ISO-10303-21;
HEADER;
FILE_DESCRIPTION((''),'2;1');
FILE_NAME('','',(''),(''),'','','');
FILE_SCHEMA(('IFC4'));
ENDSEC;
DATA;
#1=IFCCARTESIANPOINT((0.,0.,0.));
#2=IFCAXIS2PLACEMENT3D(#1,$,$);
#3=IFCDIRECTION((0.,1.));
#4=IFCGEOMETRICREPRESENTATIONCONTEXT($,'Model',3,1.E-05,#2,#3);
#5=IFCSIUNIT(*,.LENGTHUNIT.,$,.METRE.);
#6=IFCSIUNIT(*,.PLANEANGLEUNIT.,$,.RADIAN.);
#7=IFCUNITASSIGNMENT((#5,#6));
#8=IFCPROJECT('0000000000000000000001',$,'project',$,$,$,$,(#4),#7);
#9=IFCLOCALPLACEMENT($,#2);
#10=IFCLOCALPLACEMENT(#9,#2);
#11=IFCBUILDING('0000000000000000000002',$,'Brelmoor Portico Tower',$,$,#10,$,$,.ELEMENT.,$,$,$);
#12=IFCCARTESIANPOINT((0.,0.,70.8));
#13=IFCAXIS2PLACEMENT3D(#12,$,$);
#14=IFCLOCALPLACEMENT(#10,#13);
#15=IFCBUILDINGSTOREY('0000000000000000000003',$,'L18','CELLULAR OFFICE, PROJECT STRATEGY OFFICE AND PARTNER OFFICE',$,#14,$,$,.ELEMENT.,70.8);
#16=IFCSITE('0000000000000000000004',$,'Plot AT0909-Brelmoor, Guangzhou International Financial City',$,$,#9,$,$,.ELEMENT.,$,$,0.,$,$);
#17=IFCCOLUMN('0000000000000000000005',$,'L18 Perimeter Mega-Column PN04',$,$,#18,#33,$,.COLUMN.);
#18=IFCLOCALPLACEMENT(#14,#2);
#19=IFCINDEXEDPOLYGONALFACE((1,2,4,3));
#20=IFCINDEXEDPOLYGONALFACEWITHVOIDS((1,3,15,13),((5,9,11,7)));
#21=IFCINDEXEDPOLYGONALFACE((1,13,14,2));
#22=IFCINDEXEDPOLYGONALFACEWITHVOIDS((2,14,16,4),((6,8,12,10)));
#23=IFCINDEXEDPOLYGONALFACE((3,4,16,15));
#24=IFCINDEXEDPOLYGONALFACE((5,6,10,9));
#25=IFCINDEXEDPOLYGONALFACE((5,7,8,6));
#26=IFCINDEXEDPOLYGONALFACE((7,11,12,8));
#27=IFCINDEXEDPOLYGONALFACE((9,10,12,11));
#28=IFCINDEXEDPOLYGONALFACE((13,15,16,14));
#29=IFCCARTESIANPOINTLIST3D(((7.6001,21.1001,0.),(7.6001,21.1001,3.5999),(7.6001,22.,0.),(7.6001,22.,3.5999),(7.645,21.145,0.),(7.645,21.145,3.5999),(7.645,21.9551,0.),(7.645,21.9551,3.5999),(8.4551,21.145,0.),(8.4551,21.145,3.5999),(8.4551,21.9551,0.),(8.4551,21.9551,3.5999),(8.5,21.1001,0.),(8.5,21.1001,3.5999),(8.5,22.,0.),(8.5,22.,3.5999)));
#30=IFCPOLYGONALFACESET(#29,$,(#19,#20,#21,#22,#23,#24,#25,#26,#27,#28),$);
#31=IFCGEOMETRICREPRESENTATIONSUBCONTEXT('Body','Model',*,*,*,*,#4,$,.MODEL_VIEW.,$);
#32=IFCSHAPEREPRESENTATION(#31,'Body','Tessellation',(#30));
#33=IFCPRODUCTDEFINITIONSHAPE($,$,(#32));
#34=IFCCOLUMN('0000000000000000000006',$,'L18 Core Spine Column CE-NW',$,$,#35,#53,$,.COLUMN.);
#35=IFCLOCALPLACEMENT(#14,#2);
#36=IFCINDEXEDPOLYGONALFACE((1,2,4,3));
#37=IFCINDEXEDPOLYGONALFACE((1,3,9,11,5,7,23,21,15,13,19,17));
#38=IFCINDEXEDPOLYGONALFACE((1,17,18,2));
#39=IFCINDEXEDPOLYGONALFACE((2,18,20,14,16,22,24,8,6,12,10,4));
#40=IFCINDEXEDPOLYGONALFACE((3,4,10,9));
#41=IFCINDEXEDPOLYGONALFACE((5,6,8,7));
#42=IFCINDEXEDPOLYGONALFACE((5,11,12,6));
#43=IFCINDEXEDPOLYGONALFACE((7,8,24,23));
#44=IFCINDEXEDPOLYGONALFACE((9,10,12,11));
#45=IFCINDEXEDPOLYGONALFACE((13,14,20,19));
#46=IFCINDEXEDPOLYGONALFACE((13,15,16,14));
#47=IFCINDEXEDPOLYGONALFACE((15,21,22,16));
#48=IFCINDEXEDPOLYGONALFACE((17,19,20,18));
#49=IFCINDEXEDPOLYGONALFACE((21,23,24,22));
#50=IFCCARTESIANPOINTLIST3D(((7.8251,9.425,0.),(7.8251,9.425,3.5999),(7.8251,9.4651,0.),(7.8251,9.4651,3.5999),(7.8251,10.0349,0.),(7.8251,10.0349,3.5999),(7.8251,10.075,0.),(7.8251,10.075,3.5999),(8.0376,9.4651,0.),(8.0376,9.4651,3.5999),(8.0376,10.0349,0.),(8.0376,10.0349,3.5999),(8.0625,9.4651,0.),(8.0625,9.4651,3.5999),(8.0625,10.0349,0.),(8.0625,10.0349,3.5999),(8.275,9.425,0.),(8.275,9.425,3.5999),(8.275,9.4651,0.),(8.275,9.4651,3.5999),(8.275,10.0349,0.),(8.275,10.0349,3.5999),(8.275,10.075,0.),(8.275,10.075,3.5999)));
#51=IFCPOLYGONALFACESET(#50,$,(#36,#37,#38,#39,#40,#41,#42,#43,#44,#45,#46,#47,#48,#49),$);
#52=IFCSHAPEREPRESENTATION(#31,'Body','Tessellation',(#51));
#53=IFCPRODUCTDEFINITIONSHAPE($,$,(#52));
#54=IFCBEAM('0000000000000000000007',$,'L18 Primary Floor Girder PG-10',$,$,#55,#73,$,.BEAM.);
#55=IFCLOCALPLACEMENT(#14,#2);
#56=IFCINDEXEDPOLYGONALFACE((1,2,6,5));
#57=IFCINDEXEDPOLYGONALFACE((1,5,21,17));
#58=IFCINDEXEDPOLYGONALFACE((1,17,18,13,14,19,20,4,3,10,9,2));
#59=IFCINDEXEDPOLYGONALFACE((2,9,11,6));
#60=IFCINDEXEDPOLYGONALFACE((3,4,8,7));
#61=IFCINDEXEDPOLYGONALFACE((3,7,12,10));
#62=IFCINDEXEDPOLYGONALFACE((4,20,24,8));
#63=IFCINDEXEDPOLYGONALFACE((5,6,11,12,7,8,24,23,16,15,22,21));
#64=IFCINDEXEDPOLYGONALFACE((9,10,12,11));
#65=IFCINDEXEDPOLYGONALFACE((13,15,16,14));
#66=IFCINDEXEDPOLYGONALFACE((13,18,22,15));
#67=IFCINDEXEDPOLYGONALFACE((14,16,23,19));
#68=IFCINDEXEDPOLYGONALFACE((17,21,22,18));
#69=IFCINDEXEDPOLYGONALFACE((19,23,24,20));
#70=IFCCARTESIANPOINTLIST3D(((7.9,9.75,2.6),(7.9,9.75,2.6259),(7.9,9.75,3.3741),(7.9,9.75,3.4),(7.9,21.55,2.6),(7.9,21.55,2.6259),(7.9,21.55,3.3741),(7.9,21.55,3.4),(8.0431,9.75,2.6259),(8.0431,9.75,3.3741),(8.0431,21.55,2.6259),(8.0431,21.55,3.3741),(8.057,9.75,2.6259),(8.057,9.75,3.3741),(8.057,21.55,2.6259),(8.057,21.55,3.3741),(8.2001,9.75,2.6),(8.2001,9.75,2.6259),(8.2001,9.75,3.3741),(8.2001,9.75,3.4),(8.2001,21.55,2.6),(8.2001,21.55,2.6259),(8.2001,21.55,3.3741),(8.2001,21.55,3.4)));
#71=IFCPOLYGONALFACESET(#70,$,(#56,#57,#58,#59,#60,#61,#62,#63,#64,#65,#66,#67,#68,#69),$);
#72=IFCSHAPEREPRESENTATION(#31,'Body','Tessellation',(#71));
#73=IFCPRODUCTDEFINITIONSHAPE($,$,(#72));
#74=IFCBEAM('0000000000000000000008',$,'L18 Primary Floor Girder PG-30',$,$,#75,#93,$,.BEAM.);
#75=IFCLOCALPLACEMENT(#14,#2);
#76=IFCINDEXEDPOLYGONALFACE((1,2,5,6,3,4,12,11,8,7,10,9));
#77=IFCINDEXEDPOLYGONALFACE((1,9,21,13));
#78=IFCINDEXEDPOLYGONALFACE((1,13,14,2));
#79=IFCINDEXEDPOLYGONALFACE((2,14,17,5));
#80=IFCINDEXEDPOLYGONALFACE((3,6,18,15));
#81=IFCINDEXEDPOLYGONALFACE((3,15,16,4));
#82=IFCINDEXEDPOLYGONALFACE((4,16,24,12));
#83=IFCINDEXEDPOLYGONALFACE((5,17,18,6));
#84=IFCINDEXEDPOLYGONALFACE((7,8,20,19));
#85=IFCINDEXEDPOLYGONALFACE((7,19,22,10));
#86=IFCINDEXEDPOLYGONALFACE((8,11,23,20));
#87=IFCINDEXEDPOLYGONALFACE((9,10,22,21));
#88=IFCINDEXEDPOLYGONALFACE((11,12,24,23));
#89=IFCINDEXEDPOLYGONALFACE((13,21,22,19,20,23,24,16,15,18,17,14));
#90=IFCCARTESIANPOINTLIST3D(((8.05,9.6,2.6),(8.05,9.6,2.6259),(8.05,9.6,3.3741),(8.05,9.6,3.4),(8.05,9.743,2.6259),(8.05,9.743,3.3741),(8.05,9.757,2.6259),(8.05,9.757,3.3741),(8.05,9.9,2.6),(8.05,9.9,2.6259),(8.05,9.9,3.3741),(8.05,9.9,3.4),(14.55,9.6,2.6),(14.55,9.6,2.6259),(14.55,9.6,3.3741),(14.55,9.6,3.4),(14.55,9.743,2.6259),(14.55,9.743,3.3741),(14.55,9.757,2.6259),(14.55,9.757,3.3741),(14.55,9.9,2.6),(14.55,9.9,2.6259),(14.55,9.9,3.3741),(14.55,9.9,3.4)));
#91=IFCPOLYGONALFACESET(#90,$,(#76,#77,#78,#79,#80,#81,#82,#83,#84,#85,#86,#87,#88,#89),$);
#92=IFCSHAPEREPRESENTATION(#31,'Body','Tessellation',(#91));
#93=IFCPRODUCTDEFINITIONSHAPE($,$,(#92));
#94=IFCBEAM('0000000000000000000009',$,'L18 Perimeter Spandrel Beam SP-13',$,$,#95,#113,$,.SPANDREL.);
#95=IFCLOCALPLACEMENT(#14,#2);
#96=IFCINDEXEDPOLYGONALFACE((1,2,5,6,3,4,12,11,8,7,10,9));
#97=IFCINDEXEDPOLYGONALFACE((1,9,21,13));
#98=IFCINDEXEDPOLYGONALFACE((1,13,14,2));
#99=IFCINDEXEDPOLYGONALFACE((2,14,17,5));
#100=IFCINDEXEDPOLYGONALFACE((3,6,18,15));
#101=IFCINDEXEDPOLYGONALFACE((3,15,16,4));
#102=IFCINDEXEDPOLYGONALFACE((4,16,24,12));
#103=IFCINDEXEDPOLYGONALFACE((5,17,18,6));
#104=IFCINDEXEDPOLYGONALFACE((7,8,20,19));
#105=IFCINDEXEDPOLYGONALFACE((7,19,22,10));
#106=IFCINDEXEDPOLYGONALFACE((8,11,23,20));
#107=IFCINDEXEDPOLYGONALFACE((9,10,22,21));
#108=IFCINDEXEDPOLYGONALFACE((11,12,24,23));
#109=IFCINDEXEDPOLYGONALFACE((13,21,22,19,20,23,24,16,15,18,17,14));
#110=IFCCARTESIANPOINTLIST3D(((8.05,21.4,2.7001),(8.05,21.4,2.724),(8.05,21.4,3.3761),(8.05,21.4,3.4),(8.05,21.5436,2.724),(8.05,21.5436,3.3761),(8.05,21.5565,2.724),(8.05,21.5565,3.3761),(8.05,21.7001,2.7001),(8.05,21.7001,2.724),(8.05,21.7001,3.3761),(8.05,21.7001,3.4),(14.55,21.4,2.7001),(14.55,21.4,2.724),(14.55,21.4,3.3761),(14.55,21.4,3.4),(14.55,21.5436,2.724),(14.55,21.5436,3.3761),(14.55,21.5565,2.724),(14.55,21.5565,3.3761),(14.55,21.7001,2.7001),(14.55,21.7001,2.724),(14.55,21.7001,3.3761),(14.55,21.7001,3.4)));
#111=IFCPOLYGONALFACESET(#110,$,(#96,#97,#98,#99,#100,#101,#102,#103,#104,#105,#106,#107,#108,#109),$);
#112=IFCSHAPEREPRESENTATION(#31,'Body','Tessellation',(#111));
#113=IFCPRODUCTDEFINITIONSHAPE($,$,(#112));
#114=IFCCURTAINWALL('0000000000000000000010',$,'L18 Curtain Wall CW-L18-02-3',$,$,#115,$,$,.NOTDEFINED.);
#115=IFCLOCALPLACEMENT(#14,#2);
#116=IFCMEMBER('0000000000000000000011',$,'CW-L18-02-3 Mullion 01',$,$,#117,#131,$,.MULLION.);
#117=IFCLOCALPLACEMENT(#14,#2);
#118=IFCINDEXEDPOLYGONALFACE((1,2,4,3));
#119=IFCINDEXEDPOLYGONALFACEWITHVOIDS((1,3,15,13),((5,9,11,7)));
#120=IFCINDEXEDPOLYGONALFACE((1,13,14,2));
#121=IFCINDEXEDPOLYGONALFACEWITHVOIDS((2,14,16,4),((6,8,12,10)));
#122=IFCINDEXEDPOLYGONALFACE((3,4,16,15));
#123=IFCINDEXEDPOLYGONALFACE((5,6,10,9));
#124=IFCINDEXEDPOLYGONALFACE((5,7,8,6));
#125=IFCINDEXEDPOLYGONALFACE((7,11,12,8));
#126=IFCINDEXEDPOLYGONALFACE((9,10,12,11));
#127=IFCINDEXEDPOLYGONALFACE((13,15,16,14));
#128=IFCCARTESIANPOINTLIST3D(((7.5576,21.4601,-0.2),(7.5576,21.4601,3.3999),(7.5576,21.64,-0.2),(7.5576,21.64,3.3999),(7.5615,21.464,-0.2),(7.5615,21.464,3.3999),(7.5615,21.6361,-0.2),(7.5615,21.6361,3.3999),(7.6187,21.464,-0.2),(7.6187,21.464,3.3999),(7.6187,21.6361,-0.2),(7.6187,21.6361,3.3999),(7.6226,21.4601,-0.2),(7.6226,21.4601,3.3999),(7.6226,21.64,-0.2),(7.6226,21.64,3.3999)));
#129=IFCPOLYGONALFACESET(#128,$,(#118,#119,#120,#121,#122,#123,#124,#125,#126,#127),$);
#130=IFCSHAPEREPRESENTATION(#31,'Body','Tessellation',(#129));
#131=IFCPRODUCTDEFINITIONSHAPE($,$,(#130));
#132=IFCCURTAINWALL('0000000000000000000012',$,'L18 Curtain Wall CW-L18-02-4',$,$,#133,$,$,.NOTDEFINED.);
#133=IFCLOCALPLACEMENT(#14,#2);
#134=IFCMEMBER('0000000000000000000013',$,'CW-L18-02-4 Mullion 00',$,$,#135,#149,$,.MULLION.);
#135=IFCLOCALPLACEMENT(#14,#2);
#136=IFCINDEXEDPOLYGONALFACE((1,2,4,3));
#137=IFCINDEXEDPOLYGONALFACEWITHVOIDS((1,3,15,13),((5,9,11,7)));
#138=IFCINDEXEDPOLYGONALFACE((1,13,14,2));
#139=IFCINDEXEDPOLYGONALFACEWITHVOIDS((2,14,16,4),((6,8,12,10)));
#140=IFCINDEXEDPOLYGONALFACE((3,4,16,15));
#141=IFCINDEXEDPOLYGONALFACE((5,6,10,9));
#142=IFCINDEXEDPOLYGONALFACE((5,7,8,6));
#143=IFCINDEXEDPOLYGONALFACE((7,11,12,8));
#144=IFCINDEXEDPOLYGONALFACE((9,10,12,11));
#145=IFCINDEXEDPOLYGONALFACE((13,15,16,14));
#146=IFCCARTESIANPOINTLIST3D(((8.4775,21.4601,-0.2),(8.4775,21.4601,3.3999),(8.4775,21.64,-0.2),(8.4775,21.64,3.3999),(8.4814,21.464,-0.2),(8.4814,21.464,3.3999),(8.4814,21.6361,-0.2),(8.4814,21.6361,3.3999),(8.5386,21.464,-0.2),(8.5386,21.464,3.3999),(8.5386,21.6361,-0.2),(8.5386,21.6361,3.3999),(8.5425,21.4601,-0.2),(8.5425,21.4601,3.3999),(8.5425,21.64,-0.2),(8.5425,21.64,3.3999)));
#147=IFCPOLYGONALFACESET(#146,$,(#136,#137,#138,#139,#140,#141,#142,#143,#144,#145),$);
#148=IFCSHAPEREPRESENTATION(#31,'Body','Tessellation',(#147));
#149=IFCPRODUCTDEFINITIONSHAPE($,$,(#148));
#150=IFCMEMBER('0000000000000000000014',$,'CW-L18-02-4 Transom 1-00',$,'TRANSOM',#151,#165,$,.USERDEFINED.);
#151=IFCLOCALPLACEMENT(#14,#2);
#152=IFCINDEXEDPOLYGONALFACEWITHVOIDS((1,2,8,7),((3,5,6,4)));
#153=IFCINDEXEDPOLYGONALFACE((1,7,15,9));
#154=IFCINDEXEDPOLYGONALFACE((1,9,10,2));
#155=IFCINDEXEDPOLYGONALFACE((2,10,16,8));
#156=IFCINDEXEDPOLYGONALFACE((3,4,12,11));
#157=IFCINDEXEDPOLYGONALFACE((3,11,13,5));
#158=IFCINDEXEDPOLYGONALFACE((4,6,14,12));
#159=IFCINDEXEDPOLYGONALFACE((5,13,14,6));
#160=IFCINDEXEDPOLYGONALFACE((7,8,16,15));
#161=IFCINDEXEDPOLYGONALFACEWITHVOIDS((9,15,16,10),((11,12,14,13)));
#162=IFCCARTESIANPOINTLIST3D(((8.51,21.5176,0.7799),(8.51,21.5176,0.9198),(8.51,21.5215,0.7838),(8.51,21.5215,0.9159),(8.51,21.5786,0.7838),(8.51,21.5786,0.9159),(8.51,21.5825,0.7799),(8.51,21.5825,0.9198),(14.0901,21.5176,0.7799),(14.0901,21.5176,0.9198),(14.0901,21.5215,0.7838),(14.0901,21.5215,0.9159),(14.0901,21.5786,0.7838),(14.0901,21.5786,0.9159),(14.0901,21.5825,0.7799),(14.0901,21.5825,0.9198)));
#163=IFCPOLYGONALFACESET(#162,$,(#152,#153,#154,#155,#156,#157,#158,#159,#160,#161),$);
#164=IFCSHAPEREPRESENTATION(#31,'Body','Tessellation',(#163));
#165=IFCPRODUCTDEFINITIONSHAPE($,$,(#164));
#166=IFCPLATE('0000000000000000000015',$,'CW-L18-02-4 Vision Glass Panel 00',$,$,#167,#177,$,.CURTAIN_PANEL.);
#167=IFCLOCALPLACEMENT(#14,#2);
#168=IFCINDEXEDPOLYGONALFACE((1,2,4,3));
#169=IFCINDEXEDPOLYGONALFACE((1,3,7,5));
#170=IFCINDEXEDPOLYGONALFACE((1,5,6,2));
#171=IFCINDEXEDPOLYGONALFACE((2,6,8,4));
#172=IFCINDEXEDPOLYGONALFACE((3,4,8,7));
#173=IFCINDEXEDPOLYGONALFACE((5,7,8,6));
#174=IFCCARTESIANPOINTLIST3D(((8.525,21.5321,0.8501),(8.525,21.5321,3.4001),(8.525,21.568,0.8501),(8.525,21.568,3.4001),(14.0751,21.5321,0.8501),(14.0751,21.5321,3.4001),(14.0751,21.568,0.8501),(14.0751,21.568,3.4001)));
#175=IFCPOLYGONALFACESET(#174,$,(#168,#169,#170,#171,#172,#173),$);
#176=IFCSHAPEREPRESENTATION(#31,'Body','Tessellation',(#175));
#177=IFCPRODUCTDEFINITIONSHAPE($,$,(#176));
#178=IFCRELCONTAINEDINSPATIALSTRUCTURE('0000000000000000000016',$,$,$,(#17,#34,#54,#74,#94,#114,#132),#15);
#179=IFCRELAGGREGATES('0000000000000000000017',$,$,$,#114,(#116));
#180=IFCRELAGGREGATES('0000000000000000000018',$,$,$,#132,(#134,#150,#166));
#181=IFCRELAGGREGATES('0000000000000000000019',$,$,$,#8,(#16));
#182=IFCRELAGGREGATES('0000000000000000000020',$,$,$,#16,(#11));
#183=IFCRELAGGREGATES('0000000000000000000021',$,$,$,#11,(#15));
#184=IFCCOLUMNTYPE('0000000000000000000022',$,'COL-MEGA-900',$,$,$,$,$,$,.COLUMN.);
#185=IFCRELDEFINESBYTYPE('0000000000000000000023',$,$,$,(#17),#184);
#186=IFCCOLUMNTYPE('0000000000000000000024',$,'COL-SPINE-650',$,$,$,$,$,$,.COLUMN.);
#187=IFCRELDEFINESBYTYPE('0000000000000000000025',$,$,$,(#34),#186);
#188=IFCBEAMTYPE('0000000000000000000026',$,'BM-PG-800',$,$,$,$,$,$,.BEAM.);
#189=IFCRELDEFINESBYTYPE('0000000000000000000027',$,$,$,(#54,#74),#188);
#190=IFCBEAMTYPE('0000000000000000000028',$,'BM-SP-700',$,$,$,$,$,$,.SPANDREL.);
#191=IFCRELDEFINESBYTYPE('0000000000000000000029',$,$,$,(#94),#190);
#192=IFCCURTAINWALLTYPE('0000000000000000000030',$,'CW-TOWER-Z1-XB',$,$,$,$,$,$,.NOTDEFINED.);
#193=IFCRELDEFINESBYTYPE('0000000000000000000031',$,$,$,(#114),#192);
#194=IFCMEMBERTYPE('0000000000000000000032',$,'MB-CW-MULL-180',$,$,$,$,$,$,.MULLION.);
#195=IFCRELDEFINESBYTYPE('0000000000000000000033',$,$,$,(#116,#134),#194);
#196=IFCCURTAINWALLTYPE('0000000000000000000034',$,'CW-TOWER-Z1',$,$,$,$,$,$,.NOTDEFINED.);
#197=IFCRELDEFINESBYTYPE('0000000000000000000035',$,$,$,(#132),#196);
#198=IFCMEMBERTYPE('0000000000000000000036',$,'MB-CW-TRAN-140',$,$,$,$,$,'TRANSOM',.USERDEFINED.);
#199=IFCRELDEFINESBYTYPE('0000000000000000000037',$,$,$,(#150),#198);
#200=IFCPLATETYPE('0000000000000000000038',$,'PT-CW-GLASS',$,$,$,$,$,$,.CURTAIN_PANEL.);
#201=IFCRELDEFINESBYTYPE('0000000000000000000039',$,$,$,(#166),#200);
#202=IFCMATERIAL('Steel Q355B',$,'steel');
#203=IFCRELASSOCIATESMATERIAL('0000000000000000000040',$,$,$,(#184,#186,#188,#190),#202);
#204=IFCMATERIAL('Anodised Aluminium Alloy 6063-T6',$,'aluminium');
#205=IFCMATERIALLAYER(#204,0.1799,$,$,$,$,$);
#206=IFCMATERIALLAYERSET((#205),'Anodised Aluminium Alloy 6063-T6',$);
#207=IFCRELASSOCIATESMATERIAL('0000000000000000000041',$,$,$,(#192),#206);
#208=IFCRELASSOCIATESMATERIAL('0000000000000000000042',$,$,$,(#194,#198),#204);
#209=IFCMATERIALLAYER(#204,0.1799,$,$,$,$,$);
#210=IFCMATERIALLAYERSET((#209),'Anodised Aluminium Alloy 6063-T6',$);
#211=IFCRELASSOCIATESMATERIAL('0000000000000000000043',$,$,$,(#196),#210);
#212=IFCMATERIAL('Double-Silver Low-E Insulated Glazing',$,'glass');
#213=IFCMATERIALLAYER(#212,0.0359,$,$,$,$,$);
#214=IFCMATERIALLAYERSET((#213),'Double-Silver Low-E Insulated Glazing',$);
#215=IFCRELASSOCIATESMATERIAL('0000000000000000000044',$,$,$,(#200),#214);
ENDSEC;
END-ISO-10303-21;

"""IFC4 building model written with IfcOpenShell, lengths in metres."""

from ifc_helpers import new_model, si_unit, direction, frame, origin, origin_2d, place, context, subcontext, project, spatial, rectangle, hollow_rectangle, i_section, extrude, material, layer, layer_set, material_profile, profile_set, type_object, element, aggregate, save


model = new_model("IFC4")

# Units and contexts
model_context = context("Model", 3, precision=1e-05, world=origin(), true_north=direction((0.0, 1.0)))
body_context = subcontext(model_context, "Body", "Model", "MODEL_VIEW")
ifc_project = project(units=[si_unit("LENGTHUNIT", "METRE"), si_unit("PLANEANGLEUNIT", "RADIAN")], contexts=[model_context])

# Site, building, storey
site_placement = place(None, origin())
site = spatial("IfcSite", under=ifc_project, at=site_placement, Name="Plot AT0909-Brelmoor, Guangzhou International Financial City", CompositionType="ELEMENT", RefElevation=0.0)
building_placement = place(site_placement, origin())
building = spatial("IfcBuilding", under=site, at=building_placement, Name="Brelmoor Portico Tower", CompositionType="ELEMENT")
storey_placement = place(building_placement, frame((0.0, 0.0, 70.8)))
storey = spatial("IfcBuildingStorey", under=building, at=storey_placement, Name="L18", Description="CELLULAR OFFICE, PROJECT STRATEGY OFFICE AND PARTNER OFFICE", CompositionType="ELEMENT", Elevation=70.8)

# Columns
ifc_material_1 = material(Name="Steel Q355B", Category="steel")
ifc_material_profile_1 = material_profile(ifc_material_1, hollow_rectangle(XDim=0.8999, YDim=0.8999, WallThickness=0.0449, at=origin_2d()), Name="BOX 900x900x45")
ifc_profile_set_1 = profile_set([ifc_material_profile_1], Name="Steel Q355B")
column_type_1 = type_object("IfcColumnType", Name="COL-MEGA-900", PredefinedType="COLUMN", material=ifc_profile_set_1)
column_1_placement = place(storey_placement, frame((8.05, 21.55, 0.0), z_axis=(0.0, 0.0, 1.0), x_axis=(1.0, 0.0, 0.0)))
element("IfcColumn", 1, at=column_1_placement, inside=storey, type_object=column_type_1, Name="L18 Perimeter Mega-Column PN04", PredefinedType="COLUMN", context=body_context, shape_type="SweptSolid", body=[
    extrude(hollow_rectangle(XDim=0.8999, YDim=0.8999, WallThickness=0.0449, at=origin_2d()), origin(), (0.0, 0.0, 1.0), 3.5999),
])
ifc_material_profile_2 = material_profile(ifc_material_1, i_section(OverallWidth=0.45, OverallDepth=0.6499, WebThickness=0.0249, FlangeThickness=0.04, at=origin_2d()), Name="HW 650x450x25x40")
ifc_profile_set_2 = profile_set([ifc_material_profile_2], Name="Steel Q355B")
column_type_2 = type_object("IfcColumnType", Name="COL-SPINE-650", PredefinedType="COLUMN", material=ifc_profile_set_2)
column_2_placement = place(storey_placement, frame((8.05, 9.75, 0.0), z_axis=(0.0, 0.0, 1.0), x_axis=(1.0, 0.0, 0.0)))
element("IfcColumn", 2, at=column_2_placement, inside=storey, type_object=column_type_2, Name="L18 Core Spine Column CE-NW", PredefinedType="COLUMN", context=body_context, shape_type="SweptSolid", body=[
    extrude(i_section(OverallWidth=0.45, OverallDepth=0.6499, WebThickness=0.0249, FlangeThickness=0.04, at=origin_2d()), origin(), (0.0, 0.0, 1.0), 3.5999),
])

# Beams
ifc_material_profile_3 = material_profile(ifc_material_1, i_section(OverallWidth=0.3, OverallDepth=0.8, WebThickness=0.0139, FlangeThickness=0.0259, at=origin_2d()), Name="HN 800x300x14x26")
ifc_profile_set_3 = profile_set([ifc_material_profile_3], Name="Steel Q355B")
beam_type_1 = type_object("IfcBeamType", Name="BM-PG-800", PredefinedType="BEAM", material=ifc_profile_set_3)
beam_1_placement = place(storey_placement, frame((8.05, 9.75, 3.0), z_axis=(0.0, 1.0, 0.0), x_axis=(-1.0, 0.0, 0.0)))
element("IfcBeam", 3, at=beam_1_placement, inside=storey, type_object=beam_type_1, Name="L18 Primary Floor Girder PG-10", PredefinedType="BEAM", context=body_context, shape_type="SweptSolid", body=[
    extrude(i_section(OverallWidth=0.3, OverallDepth=0.8, WebThickness=0.0139, FlangeThickness=0.0259, at=origin_2d()), origin(), (0.0, 0.0, 1.0), 11.8),
])
beam_2_placement = place(storey_placement, frame((8.05, 9.75, 3.0), z_axis=(1.0, 0.0, 0.0), x_axis=(0.0, 1.0, 0.0)))
element("IfcBeam", 4, at=beam_2_placement, inside=storey, type_object=beam_type_1, Name="L18 Primary Floor Girder PG-30", PredefinedType="BEAM", context=body_context, shape_type="SweptSolid", body=[
    extrude(i_section(OverallWidth=0.3, OverallDepth=0.8, WebThickness=0.0139, FlangeThickness=0.0259, at=origin_2d()), origin(), (0.0, 0.0, 1.0), 6.5),
])
ifc_material_profile_4 = material_profile(ifc_material_1, i_section(OverallWidth=0.3, OverallDepth=0.7, WebThickness=0.0129, FlangeThickness=0.0239, at=origin_2d()), Name="HN 700x300x13x24")
ifc_profile_set_4 = profile_set([ifc_material_profile_4], Name="Steel Q355B")
beam_type_2 = type_object("IfcBeamType", Name="BM-SP-700", PredefinedType="SPANDREL", material=ifc_profile_set_4)
beam_3_placement = place(storey_placement, frame((8.05, 21.55, 3.05), z_axis=(1.0, 0.0, 0.0), x_axis=(0.0, 1.0, 0.0)))
element("IfcBeam", 5, at=beam_3_placement, inside=storey, type_object=beam_type_2, Name="L18 Perimeter Spandrel Beam SP-13", PredefinedType="SPANDREL", context=body_context, shape_type="SweptSolid", body=[
    extrude(i_section(OverallWidth=0.3, OverallDepth=0.7, WebThickness=0.0129, FlangeThickness=0.0239, at=origin_2d()), origin(), (0.0, 0.0, 1.0), 6.5),
])

# Curtain wall, member
ifc_material_2 = material(Name="Anodised Aluminium Alloy 6063-T6", Category="aluminium")
ifc_layer_1 = layer(ifc_material_2, 0.1799)
ifc_layer_set_1 = layer_set([ifc_layer_1], Name="Anodised Aluminium Alloy 6063-T6")
curtain_wall_type_1 = type_object("IfcCurtainWallType", Name="CW-TOWER-Z1-XB", PredefinedType="NOTDEFINED", material=ifc_layer_set_1)
curtain_wall_1_placement = place(storey_placement, origin())
curtain_wall_1 = element("IfcCurtainWall", 6, at=curtain_wall_1_placement, inside=storey, type_object=curtain_wall_type_1, Name="L18 Curtain Wall CW-L18-02-3", PredefinedType="NOTDEFINED")
ifc_material_profile_5 = material_profile(ifc_material_2, hollow_rectangle(XDim=0.0649, YDim=0.1799, WallThickness=0.0039, at=origin_2d()), Name="ALU MULLION 65x180")
ifc_profile_set_5 = profile_set([ifc_material_profile_5], Name="Anodised Aluminium Alloy 6063-T6")
member_type_1 = type_object("IfcMemberType", Name="MB-CW-MULL-180", PredefinedType="MULLION", material=ifc_profile_set_5)
member_1_placement = place(storey_placement, frame((7.5901, 21.55, -0.2), z_axis=(0.0, 0.0, 1.0), x_axis=(1.0, 0.0, 0.0)))
member_1 = element("IfcMember", 7, at=member_1_placement, type_object=member_type_1, Name="CW-L18-02-3 Mullion 01", PredefinedType="MULLION", context=body_context, shape_type="SweptSolid", body=[
    extrude(hollow_rectangle(XDim=0.0649, YDim=0.1799, WallThickness=0.0039, at=origin_2d()), origin(), (0.0, 0.0, 1.0), 3.5999),
])

# Curtain wall, members, plate
ifc_layer_2 = layer(ifc_material_2, 0.1799)
ifc_layer_set_2 = layer_set([ifc_layer_2], Name="Anodised Aluminium Alloy 6063-T6")
curtain_wall_type_2 = type_object("IfcCurtainWallType", Name="CW-TOWER-Z1", PredefinedType="NOTDEFINED", material=ifc_layer_set_2)
curtain_wall_2_placement = place(storey_placement, origin())
curtain_wall_2 = element("IfcCurtainWall", 8, at=curtain_wall_2_placement, inside=storey, type_object=curtain_wall_type_2, Name="L18 Curtain Wall CW-L18-02-4", PredefinedType="NOTDEFINED")
member_2_placement = place(storey_placement, frame((8.51, 21.55, -0.2), z_axis=(0.0, 0.0, 1.0), x_axis=(1.0, 0.0, 0.0)))
member_2 = element("IfcMember", 9, at=member_2_placement, type_object=member_type_1, Name="CW-L18-02-4 Mullion 00", PredefinedType="MULLION", context=body_context, shape_type="SweptSolid", body=[
    extrude(hollow_rectangle(XDim=0.0649, YDim=0.1799, WallThickness=0.0039, at=origin_2d()), origin(), (0.0, 0.0, 1.0), 3.5999),
])
ifc_material_profile_6 = material_profile(ifc_material_2, hollow_rectangle(XDim=0.0649, YDim=0.1399, WallThickness=0.0039, at=origin_2d()), Name="ALU TRANSOM 65x140")
ifc_profile_set_6 = profile_set([ifc_material_profile_6], Name="Anodised Aluminium Alloy 6063-T6")
member_type_2 = type_object("IfcMemberType", Name="MB-CW-TRAN-140", ElementType="TRANSOM", PredefinedType="USERDEFINED", material=ifc_profile_set_6)
member_3_placement = place(storey_placement, frame((8.51, 21.55, 0.8499), z_axis=(1.0, 0.0, 0.0), x_axis=(0.0, 1.0, 0.0)))
member_3 = element("IfcMember", 10, at=member_3_placement, type_object=member_type_2, Name="CW-L18-02-4 Transom 1-00", ObjectType="TRANSOM", PredefinedType="USERDEFINED", context=body_context, shape_type="SweptSolid", body=[
    extrude(hollow_rectangle(XDim=0.0649, YDim=0.1399, WallThickness=0.0039, at=origin_2d()), origin(), (0.0, 0.0, 1.0), 5.5801),
])
ifc_material_3 = material(Name="Double-Silver Low-E Insulated Glazing", Category="glass")
ifc_layer_3 = layer(ifc_material_3, 0.0359)
ifc_layer_set_3 = layer_set([ifc_layer_3], Name="Double-Silver Low-E Insulated Glazing")
plate_type_1 = type_object("IfcPlateType", Name="PT-CW-GLASS", PredefinedType="CURTAIN_PANEL", material=ifc_layer_set_3)
plate_1_placement = place(storey_placement, frame((11.3, 21.55, 0.8501), z_axis=(0.0, 0.0, 1.0), x_axis=(1.0, 0.0, 0.0)))
plate_1 = element("IfcPlate", 11, at=plate_1_placement, type_object=plate_type_1, Name="CW-L18-02-4 Vision Glass Panel 00", PredefinedType="CURTAIN_PANEL", context=body_context, shape_type="SweptSolid", body=[
    extrude(rectangle(XDim=5.55, YDim=0.0359, at=origin_2d()), origin(), (0.0, 0.0, 1.0), 2.55),
])

aggregate(curtain_wall_1, [member_1])
aggregate(curtain_wall_2, [member_2, member_3, plate_1])

save(model, "model.ifc")
